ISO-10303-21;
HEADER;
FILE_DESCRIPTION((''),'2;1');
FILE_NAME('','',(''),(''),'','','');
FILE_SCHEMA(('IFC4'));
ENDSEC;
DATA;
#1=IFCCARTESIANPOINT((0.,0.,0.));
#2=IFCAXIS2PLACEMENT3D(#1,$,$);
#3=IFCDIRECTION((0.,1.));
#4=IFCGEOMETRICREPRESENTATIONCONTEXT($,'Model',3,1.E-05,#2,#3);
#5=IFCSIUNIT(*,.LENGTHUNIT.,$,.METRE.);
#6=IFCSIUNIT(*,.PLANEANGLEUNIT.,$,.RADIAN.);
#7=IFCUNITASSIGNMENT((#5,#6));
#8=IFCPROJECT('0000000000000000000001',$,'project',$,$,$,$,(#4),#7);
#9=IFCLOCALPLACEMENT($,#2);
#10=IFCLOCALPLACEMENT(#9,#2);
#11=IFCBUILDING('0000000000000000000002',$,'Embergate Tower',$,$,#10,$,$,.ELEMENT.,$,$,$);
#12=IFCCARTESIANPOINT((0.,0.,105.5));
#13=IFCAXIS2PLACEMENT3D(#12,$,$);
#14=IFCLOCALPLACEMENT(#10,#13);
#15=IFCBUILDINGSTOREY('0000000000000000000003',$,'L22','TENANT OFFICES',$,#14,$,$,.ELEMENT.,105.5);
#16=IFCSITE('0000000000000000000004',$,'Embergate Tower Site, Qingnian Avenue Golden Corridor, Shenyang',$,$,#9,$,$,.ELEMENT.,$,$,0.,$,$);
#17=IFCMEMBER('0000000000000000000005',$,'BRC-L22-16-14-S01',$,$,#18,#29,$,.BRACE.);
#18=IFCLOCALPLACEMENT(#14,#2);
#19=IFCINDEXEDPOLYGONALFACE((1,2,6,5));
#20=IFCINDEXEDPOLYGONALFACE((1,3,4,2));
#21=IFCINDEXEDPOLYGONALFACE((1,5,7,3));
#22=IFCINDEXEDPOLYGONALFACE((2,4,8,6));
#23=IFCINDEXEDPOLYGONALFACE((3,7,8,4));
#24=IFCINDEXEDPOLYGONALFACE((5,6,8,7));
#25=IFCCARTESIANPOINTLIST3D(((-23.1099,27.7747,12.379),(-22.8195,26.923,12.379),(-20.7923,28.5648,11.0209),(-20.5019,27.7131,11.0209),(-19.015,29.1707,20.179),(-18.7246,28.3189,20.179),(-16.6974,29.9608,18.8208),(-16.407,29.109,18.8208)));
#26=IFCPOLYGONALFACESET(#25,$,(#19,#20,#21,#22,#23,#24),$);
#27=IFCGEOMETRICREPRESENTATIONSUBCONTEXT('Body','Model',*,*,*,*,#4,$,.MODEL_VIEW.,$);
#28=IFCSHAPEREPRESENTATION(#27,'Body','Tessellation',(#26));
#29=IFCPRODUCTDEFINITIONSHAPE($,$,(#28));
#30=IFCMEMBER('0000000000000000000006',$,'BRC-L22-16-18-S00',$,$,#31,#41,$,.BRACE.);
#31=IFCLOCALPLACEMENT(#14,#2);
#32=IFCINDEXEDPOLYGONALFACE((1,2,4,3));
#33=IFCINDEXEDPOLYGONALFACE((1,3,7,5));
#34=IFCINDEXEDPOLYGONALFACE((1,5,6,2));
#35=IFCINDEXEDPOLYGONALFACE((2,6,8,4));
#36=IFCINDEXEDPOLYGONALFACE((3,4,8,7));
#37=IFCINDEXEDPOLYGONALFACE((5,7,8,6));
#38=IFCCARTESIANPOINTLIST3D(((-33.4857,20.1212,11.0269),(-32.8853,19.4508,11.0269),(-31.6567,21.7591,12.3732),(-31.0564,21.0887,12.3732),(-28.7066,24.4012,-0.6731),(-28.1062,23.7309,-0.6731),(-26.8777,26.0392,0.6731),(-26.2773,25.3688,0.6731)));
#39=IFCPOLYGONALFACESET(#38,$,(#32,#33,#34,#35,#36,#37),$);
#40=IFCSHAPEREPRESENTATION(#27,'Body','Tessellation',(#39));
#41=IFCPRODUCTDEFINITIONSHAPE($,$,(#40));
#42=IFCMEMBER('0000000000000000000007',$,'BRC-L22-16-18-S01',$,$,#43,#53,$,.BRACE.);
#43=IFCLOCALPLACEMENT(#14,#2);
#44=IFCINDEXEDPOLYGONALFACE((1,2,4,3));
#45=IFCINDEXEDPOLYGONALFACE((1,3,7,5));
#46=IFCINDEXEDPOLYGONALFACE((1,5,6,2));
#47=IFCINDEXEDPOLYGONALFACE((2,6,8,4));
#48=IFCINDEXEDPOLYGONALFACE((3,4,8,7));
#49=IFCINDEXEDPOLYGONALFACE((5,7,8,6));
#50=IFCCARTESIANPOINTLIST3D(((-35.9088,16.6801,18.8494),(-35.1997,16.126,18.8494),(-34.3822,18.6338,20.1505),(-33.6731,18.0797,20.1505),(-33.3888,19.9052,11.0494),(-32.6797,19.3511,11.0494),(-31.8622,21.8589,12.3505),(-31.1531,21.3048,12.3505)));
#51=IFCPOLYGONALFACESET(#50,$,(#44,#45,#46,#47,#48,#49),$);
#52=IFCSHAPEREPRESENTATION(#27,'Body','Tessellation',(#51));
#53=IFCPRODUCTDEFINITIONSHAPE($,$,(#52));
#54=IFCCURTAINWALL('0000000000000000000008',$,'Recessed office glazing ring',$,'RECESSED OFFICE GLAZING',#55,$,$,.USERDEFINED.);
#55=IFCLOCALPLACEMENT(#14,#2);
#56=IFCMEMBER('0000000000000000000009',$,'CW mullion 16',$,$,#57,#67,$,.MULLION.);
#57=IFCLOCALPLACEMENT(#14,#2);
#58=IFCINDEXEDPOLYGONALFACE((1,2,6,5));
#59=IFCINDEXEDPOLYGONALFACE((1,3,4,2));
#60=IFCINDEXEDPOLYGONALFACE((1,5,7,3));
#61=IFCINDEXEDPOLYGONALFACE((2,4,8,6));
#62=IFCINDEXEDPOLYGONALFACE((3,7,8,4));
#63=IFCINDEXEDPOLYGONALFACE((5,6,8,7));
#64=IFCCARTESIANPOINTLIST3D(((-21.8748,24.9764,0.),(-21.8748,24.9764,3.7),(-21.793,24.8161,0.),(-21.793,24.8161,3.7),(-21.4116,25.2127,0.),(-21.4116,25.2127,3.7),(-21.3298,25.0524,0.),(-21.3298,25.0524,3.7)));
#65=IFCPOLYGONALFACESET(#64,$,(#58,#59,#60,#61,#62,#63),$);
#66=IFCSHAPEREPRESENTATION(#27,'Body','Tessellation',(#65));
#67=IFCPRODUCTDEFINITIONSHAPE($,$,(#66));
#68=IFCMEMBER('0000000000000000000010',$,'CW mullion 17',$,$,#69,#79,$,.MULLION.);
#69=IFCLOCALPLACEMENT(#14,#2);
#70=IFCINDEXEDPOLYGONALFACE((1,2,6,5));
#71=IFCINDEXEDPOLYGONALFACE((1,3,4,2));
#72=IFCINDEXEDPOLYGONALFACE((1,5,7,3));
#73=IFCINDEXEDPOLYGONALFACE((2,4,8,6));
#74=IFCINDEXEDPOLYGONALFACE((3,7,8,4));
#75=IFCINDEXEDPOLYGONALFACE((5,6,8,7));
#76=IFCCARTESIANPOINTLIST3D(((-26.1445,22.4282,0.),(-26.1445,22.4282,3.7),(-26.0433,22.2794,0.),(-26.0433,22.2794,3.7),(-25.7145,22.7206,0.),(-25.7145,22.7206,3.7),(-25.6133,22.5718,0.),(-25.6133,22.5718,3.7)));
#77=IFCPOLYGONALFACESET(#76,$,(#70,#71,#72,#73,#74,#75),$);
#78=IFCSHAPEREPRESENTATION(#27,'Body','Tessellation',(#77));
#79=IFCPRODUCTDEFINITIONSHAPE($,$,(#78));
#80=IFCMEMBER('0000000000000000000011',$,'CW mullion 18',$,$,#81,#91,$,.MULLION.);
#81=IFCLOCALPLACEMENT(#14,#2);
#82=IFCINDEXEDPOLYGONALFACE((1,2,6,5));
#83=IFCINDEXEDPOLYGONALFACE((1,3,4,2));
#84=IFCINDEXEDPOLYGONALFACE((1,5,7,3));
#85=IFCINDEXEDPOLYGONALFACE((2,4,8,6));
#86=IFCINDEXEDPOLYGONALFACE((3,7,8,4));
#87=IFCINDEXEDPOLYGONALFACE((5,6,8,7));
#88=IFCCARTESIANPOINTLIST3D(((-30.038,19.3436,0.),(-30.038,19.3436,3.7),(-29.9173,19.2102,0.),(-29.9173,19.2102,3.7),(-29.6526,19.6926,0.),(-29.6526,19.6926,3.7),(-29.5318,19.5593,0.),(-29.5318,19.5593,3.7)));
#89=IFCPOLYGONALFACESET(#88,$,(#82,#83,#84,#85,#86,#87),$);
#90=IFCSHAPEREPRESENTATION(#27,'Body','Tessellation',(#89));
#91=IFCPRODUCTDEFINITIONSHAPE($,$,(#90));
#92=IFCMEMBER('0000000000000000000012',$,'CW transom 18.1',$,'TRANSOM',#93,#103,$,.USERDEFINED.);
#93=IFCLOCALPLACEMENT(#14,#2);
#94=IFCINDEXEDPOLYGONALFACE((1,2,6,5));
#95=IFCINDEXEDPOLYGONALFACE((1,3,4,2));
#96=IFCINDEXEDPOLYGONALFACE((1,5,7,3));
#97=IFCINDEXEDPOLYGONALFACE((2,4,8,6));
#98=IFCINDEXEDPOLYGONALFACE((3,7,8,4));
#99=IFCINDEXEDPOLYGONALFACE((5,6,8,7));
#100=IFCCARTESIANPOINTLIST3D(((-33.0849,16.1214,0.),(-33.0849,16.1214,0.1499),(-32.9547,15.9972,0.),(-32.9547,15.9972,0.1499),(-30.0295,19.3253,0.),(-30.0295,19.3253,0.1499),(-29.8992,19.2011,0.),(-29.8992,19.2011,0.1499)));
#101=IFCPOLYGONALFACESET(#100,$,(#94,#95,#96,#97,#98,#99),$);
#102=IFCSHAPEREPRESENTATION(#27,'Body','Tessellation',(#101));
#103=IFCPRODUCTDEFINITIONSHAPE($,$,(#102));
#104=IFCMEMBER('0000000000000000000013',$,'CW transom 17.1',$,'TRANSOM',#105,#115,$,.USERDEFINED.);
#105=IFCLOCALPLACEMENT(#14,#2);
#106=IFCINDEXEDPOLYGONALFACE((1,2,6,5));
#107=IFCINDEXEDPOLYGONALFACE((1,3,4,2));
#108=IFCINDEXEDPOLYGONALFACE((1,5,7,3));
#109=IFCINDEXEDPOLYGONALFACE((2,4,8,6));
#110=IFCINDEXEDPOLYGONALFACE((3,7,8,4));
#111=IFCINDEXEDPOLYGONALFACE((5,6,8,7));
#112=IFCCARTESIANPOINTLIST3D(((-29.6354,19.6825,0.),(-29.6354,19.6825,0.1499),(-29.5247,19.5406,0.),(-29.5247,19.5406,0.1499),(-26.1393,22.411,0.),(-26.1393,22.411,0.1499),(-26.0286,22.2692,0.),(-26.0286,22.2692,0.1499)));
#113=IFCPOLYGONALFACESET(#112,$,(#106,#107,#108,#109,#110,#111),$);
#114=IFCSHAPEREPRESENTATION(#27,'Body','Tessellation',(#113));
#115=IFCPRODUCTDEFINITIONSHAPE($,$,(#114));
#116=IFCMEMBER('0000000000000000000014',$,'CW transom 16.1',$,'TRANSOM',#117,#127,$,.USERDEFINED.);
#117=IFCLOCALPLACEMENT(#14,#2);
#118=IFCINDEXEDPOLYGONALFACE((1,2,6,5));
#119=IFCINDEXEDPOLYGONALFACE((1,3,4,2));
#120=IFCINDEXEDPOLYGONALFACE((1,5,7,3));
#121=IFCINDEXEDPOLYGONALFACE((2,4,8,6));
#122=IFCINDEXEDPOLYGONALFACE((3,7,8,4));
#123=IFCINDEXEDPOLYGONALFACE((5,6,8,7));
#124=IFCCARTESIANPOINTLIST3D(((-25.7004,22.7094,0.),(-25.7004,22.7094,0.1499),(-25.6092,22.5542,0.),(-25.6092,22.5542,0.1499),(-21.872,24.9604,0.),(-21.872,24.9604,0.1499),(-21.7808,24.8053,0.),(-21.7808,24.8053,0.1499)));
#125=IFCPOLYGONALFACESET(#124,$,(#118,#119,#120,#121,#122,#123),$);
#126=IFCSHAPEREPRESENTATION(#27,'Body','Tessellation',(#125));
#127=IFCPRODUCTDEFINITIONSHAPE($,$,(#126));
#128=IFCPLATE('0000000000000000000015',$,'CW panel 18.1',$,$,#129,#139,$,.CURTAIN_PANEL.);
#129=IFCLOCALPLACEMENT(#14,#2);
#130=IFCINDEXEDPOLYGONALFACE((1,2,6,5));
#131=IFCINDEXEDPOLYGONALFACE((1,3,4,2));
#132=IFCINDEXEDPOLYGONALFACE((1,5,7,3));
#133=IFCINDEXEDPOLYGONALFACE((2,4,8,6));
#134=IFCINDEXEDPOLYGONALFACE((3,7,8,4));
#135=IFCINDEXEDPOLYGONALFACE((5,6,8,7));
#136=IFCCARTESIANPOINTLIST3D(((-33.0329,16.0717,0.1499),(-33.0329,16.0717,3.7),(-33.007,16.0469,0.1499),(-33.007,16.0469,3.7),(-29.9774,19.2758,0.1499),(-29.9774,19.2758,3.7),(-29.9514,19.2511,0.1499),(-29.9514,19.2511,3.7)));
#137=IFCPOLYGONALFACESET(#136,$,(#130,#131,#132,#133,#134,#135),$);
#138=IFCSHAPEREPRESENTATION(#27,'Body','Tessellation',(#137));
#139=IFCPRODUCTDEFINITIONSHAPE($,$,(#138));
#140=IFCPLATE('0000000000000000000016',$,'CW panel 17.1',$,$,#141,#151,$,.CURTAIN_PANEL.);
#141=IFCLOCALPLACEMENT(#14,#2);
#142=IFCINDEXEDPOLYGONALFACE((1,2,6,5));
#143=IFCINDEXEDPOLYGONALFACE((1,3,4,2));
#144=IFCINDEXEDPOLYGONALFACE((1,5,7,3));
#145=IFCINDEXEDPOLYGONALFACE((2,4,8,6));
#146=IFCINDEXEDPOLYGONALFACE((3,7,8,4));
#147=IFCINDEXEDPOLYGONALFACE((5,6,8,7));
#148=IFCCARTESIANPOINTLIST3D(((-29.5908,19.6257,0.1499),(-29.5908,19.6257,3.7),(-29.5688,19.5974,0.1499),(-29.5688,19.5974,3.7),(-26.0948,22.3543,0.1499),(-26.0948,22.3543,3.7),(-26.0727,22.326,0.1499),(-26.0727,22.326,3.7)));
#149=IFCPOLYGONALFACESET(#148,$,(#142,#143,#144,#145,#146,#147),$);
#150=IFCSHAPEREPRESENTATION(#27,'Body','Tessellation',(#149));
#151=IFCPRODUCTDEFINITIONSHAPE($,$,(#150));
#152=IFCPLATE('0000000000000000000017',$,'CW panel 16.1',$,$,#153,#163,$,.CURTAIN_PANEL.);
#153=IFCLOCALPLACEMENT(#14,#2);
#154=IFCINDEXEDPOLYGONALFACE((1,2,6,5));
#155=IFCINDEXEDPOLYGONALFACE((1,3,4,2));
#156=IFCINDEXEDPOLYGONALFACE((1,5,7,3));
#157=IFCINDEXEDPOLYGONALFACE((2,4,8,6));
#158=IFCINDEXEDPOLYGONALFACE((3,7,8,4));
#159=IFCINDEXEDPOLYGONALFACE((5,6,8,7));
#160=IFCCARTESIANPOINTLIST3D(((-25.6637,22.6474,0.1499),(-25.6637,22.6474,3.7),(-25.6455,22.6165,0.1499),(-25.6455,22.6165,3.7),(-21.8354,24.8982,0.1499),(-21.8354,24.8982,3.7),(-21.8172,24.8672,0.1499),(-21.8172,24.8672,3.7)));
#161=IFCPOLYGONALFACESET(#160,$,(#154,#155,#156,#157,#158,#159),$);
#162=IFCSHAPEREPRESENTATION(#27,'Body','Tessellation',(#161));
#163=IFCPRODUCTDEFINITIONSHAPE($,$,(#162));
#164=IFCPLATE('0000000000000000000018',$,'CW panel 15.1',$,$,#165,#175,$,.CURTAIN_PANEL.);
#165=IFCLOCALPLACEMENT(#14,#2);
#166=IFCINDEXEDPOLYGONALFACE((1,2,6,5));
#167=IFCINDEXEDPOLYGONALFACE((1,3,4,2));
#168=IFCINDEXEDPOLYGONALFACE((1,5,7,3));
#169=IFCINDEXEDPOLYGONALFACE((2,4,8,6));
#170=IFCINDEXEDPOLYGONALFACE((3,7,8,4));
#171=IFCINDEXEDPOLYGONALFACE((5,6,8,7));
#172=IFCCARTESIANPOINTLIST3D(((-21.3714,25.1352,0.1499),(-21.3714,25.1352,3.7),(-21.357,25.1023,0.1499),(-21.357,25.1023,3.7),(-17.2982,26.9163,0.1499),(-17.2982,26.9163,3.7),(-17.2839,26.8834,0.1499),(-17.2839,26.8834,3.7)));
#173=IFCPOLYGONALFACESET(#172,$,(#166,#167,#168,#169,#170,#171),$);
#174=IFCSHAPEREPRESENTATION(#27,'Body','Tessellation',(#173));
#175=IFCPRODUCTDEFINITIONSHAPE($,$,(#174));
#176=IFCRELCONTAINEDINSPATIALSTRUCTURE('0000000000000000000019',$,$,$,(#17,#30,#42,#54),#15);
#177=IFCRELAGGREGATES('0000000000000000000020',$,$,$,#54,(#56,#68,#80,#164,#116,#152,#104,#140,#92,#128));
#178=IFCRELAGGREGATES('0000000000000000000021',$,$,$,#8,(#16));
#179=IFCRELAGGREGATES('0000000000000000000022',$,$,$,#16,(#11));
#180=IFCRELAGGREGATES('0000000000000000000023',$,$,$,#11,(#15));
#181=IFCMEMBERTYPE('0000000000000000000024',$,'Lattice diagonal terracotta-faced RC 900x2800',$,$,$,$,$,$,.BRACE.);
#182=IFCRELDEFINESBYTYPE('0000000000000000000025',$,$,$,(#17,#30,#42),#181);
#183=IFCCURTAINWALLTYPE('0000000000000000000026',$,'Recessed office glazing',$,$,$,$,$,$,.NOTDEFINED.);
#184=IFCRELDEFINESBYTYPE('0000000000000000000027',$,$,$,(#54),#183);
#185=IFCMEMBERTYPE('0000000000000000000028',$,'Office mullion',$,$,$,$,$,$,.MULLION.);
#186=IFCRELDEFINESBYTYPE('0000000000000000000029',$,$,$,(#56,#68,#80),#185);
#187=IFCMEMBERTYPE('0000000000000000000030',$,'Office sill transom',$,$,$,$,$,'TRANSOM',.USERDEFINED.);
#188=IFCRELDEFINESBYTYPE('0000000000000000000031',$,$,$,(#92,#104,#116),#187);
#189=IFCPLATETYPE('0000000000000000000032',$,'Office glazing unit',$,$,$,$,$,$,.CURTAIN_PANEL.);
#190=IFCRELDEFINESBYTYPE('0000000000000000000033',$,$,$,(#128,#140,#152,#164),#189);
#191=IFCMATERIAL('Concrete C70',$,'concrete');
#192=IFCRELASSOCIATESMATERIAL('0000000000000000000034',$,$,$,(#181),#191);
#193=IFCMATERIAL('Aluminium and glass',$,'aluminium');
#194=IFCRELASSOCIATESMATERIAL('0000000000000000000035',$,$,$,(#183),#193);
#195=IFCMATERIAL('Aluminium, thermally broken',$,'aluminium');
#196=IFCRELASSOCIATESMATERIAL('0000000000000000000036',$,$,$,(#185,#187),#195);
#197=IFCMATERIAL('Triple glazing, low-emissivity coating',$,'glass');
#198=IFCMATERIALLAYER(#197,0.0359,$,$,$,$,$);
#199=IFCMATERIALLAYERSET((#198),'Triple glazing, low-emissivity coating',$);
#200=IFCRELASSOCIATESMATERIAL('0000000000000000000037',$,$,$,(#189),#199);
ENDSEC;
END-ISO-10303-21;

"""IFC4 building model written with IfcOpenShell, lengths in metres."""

from ifc_helpers import new_model, si_unit, direction, frame, origin, origin_2d, place, context, subcontext, project, spatial, rectangle, extrude, source, transform, mapped, material, layer, layer_set, material_profile, profile_set, type_object, element, aggregate, save


model = new_model("IFC4")

# Units and contexts
model_context = context("Model", 3, precision=1e-05, world=origin(), true_north=direction((0.0, 1.0)))
body_context = subcontext(model_context, "Body", "Model", "MODEL_VIEW")
ifc_project = project(units=[si_unit("LENGTHUNIT", "METRE"), si_unit("PLANEANGLEUNIT", "RADIAN")], contexts=[model_context])

# Site, building, storey
site_placement = place(None, origin())
site = spatial("IfcSite", under=ifc_project, at=site_placement, Name="Embergate Tower Site, Qingnian Avenue Golden Corridor, Shenyang", CompositionType="ELEMENT", RefElevation=0.0)
building_placement = place(site_placement, origin())
building = spatial("IfcBuilding", under=site, at=building_placement, Name="Embergate Tower", CompositionType="ELEMENT")
storey_placement = place(building_placement, frame((0.0, 0.0, 105.5)))
storey = spatial("IfcBuildingStorey", under=building, at=storey_placement, Name="L22", Description="TENANT OFFICES", CompositionType="ELEMENT", Elevation=105.5)

# Shared definitions
ifc_material_1 = material(Name="Concrete C70", Category="concrete")

# Members
ifc_material_profile_1 = material_profile(ifc_material_1, rectangle(XDim=0.8999, YDim=2.8, at=origin_2d()), Name="RC 900x2800")
ifc_profile_set_1 = profile_set([ifc_material_profile_1], Name="Concrete C70")
member_type_1 = type_object("IfcMemberType", Name="Lattice diagonal terracotta-faced RC 900x2800", PredefinedType="BRACE", material=ifc_profile_set_1)
shared_shape_1 = source(origin(), body_context, "Body", "SweptSolid", [
    extrude(rectangle(XDim=0.8999, YDim=2.8, at=origin_2d()), origin(), (0.0, 0.0, 1.0), 8.9194),
])
member_1_placement = place(storey_placement, frame((-21.8059, 27.7439, 11.7), z_axis=(0.459101, 0.15651, 0.874489), x_axis=(-0.32267, 0.946511, 0.0)))
element("IfcMember", 1, at=member_1_placement, inside=storey, type_object=member_type_1, Name="BRC-L22-16-14-S01", PredefinedType="BRACE", context=body_context, shape_type="MappedRepresentation", body=[
    mapped(shared_shape_1, transform((0.0, 0.0, 0.0))),
])
shared_shape_2 = source(origin(), body_context, "Body", "SweptSolid", [
    extrude(rectangle(XDim=0.8999, YDim=2.8, at=origin_2d()), origin(), (0.0, 0.0, 1.0), 13.3435),
])
member_2_placement = place(storey_placement, frame((-27.4919, 24.885, 0.0), z_axis=(-0.358158, -0.32076, 0.876833), x_axis=(0.667144, -0.744929, 0.0)))
element("IfcMember", 2, at=member_2_placement, inside=storey, type_object=member_type_1, Name="BRC-L22-16-18-S00", PredefinedType="BRACE", context=body_context, shape_type="MappedRepresentation", body=[
    mapped(shared_shape_2, transform((0.0, 0.0, 0.0))),
])
shared_shape_3 = source(origin(), body_context, "Body", "SweptSolid", [
    extrude(rectangle(XDim=0.8999, YDim=2.8, at=origin_2d()), origin(), (0.0, 0.0, 1.0), 8.8086),
])
member_3_placement = place(storey_placement, frame((-32.271, 20.605, 11.7), z_axis=(-0.286084, -0.366128, 0.885498), x_axis=(0.787976, -0.615707, 0.0)))
element("IfcMember", 3, at=member_3_placement, inside=storey, type_object=member_type_1, Name="BRC-L22-16-18-S01", PredefinedType="BRACE", context=body_context, shape_type="MappedRepresentation", body=[
    mapped(shared_shape_3, transform((0.0, 0.0, 0.0))),
])

# Curtain wall, members, plates
ifc_material_2 = material(Name="Aluminium and glass", Category="aluminium")
curtain_wall_type = type_object("IfcCurtainWallType", Name="Recessed office glazing", PredefinedType="NOTDEFINED", material=ifc_material_2)
curtain_wall_placement = place(storey_placement, origin())
curtain_wall = element("IfcCurtainWall", 4, at=curtain_wall_placement, inside=storey, type_object=curtain_wall_type, Name="Recessed office glazing ring", ObjectType="RECESSED OFFICE GLAZING", PredefinedType="USERDEFINED")
ifc_material_3 = material(Name="Aluminium, thermally broken", Category="aluminium")
ifc_material_profile_2 = material_profile(ifc_material_3, rectangle(XDim=0.1799, YDim=0.52, at=origin_2d()), Name="AL 520x180")
ifc_profile_set_2 = profile_set([ifc_material_profile_2], Name="Aluminium, thermally broken")
member_type_2 = type_object("IfcMemberType", Name="Office mullion", PredefinedType="MULLION", material=ifc_profile_set_2)
shared_shape_4 = source(origin(), body_context, "Body", "SweptSolid", [
    extrude(rectangle(XDim=0.1799, YDim=0.52, at=origin_2d()), origin(), (0.0, 0.0, 1.0), 3.7),
])
member_4_placement = place(storey_placement, frame((-21.6023, 25.0144, 0.0), z_axis=(0.0, 0.0, 1.0), x_axis=(0.454521, -0.890736, 0.0)))
member_4 = element("IfcMember", 5, at=member_4_placement, type_object=member_type_2, Name="CW mullion 16", PredefinedType="MULLION", context=body_context, shape_type="MappedRepresentation", body=[
    mapped(shared_shape_4, transform((0.0, 0.0, 0.0))),
])
member_5_placement = place(storey_placement, frame((-25.8789, 22.5, 0.0), z_axis=(0.0, 0.0, 1.0), x_axis=(0.562228, -0.826982, 0.0)))
member_5 = element("IfcMember", 6, at=member_5_placement, type_object=member_type_2, Name="CW mullion 17", PredefinedType="MULLION", context=body_context, shape_type="MappedRepresentation", body=[
    mapped(shared_shape_4, transform((0.0, 0.0, 0.0))),
])
member_6_placement = place(storey_placement, frame((-29.7849, 19.4514, 0.0), z_axis=(0.0, 0.0, 1.0), x_axis=(0.671238, -0.741242, 0.0)))
member_6 = element("IfcMember", 7, at=member_6_placement, type_object=member_type_2, Name="CW mullion 18", PredefinedType="MULLION", context=body_context, shape_type="MappedRepresentation", body=[
    mapped(shared_shape_4, transform((0.0, 0.0, 0.0))),
])
ifc_material_profile_3 = material_profile(ifc_material_3, rectangle(XDim=0.1799, YDim=0.1499, at=origin_2d()), Name="AL 150x180")
ifc_profile_set_3 = profile_set([ifc_material_profile_3], Name="Aluminium, thermally broken")
member_type_3 = type_object("IfcMemberType", Name="Office sill transom", ElementType="TRANSOM", PredefinedType="USERDEFINED", material=ifc_profile_set_3)
shared_shape_5 = source(origin(), body_context, "Body", "SweptSolid", [
    extrude(rectangle(XDim=0.1799, YDim=0.1499, at=origin_2d()), origin(), (0.0, 0.0, 1.0), 4.4272),
])
member_7_placement = place(storey_placement, frame((-29.9644, 19.2632, 0.075), z_axis=(-0.690144, -0.723672, 0.0), x_axis=(0.723672, -0.690144, 0.0)))
member_7 = element("IfcMember", 8, at=member_7_placement, type_object=member_type_3, Name="CW transom 18.1", ObjectType="TRANSOM", PredefinedType="USERDEFINED", context=body_context, shape_type="MappedRepresentation", body=[
    mapped(shared_shape_5, transform((0.0, 0.0, 0.0))),
])
shared_shape_6 = source(origin(), body_context, "Body", "SweptSolid", [
    extrude(rectangle(XDim=0.1799, YDim=0.1499, at=origin_2d()), origin(), (0.0, 0.0, 1.0), 4.4348),
])
member_8_placement = place(storey_placement, frame((-26.084, 22.3401, 0.075), z_axis=(-0.788331, -0.615251, 0.0), x_axis=(0.615251, -0.788331, 0.0)))
member_8 = element("IfcMember", 9, at=member_8_placement, type_object=member_type_3, Name="CW transom 17.1", ObjectType="TRANSOM", PredefinedType="USERDEFINED", context=body_context, shape_type="MappedRepresentation", body=[
    mapped(shared_shape_6, transform((0.0, 0.0, 0.0))),
])
shared_shape_7 = source(origin(), body_context, "Body", "SweptSolid", [
    extrude(rectangle(XDim=0.1799, YDim=0.1499, at=origin_2d()), origin(), (0.0, 0.0, 1.0), 4.4412),
])
member_9_placement = place(storey_placement, frame((-21.8264, 24.8828, 0.075), z_axis=(-0.862033, -0.506852, 0.0), x_axis=(0.506852, -0.862033, 0.0)))
member_9 = element("IfcMember", 10, at=member_9_placement, type_object=member_type_3, Name="CW transom 16.1", ObjectType="TRANSOM", PredefinedType="USERDEFINED", context=body_context, shape_type="MappedRepresentation", body=[
    mapped(shared_shape_7, transform((0.0, 0.0, 0.0))),
])
ifc_material_4 = material(Name="Triple glazing, low-emissivity coating", Category="glass")
ifc_layer_1 = layer(ifc_material_4, 0.0359)
ifc_layer_set_1 = layer_set([ifc_layer_1], Name="Triple glazing, low-emissivity coating")
plate_type = type_object("IfcPlateType", Name="Office glazing unit", PredefinedType="CURTAIN_PANEL", material=ifc_layer_set_1)
shared_shape_8 = source(origin(), body_context, "Body", "SweptSolid", [
    extrude(rectangle(XDim=4.4275, YDim=0.0359, at=origin_2d()), origin(), (0.0, 0.0, 1.0), 3.55),
])
plate_1_placement = place(storey_placement, frame((-31.4922, 17.6614, 0.1499), z_axis=(0.0, 0.0, 1.0), x_axis=(-0.690125, -0.72369, 0.0)))
plate_1 = element("IfcPlate", 11, at=plate_1_placement, type_object=plate_type, Name="CW panel 18.1", PredefinedType="CURTAIN_PANEL", context=body_context, shape_type="MappedRepresentation", body=[
    mapped(shared_shape_8, transform((0.0, 0.0, 0.0))),
])
shared_shape_9 = source(origin(), body_context, "Body", "SweptSolid", [
    extrude(rectangle(XDim=4.4348, YDim=0.0359, at=origin_2d()), origin(), (0.0, 0.0, 1.0), 3.55),
])
plate_2_placement = place(storey_placement, frame((-27.8318, 20.9758, 0.1499), z_axis=(0.0, 0.0, 1.0), x_axis=(-0.788313, -0.615275, 0.0)))
plate_2 = element("IfcPlate", 12, at=plate_2_placement, type_object=plate_type, Name="CW panel 17.1", PredefinedType="CURTAIN_PANEL", context=body_context, shape_type="MappedRepresentation", body=[
    mapped(shared_shape_9, transform((0.0, 0.0, 0.0))),
])
shared_shape_10 = source(origin(), body_context, "Body", "SweptSolid", [
    extrude(rectangle(XDim=4.4409, YDim=0.0359, at=origin_2d()), origin(), (0.0, 0.0, 1.0), 3.55),
])
plate_3_placement = place(storey_placement, frame((-23.7405, 23.7573, 0.1499), z_axis=(0.0, 0.0, 1.0), x_axis=(-0.862048, -0.506827, 0.0)))
plate_3 = element("IfcPlate", 13, at=plate_3_placement, type_object=plate_type, Name="CW panel 16.1", PredefinedType="CURTAIN_PANEL", context=body_context, shape_type="MappedRepresentation", body=[
    mapped(shared_shape_10, transform((0.0, 0.0, 0.0))),
])
shared_shape_11 = source(origin(), body_context, "Body", "SweptSolid", [
    extrude(rectangle(XDim=4.4456, YDim=0.0359, at=origin_2d()), origin(), (0.0, 0.0, 1.0), 3.55),
])
plate_4_placement = place(storey_placement, frame((-19.3276, 26.0093, 0.1499), z_axis=(0.0, 0.0, 1.0), x_axis=(-0.916233, -0.400646, 0.0)))
plate_4 = element("IfcPlate", 14, at=plate_4_placement, type_object=plate_type, Name="CW panel 15.1", PredefinedType="CURTAIN_PANEL", context=body_context, shape_type="MappedRepresentation", body=[
    mapped(shared_shape_11, transform((0.0, 0.0, 0.0))),
])
aggregate(curtain_wall, [member_4, member_5, member_6, plate_4, member_9, plate_3, member_8, plate_2, member_7, plate_1])

save(model, "model.ifc")
